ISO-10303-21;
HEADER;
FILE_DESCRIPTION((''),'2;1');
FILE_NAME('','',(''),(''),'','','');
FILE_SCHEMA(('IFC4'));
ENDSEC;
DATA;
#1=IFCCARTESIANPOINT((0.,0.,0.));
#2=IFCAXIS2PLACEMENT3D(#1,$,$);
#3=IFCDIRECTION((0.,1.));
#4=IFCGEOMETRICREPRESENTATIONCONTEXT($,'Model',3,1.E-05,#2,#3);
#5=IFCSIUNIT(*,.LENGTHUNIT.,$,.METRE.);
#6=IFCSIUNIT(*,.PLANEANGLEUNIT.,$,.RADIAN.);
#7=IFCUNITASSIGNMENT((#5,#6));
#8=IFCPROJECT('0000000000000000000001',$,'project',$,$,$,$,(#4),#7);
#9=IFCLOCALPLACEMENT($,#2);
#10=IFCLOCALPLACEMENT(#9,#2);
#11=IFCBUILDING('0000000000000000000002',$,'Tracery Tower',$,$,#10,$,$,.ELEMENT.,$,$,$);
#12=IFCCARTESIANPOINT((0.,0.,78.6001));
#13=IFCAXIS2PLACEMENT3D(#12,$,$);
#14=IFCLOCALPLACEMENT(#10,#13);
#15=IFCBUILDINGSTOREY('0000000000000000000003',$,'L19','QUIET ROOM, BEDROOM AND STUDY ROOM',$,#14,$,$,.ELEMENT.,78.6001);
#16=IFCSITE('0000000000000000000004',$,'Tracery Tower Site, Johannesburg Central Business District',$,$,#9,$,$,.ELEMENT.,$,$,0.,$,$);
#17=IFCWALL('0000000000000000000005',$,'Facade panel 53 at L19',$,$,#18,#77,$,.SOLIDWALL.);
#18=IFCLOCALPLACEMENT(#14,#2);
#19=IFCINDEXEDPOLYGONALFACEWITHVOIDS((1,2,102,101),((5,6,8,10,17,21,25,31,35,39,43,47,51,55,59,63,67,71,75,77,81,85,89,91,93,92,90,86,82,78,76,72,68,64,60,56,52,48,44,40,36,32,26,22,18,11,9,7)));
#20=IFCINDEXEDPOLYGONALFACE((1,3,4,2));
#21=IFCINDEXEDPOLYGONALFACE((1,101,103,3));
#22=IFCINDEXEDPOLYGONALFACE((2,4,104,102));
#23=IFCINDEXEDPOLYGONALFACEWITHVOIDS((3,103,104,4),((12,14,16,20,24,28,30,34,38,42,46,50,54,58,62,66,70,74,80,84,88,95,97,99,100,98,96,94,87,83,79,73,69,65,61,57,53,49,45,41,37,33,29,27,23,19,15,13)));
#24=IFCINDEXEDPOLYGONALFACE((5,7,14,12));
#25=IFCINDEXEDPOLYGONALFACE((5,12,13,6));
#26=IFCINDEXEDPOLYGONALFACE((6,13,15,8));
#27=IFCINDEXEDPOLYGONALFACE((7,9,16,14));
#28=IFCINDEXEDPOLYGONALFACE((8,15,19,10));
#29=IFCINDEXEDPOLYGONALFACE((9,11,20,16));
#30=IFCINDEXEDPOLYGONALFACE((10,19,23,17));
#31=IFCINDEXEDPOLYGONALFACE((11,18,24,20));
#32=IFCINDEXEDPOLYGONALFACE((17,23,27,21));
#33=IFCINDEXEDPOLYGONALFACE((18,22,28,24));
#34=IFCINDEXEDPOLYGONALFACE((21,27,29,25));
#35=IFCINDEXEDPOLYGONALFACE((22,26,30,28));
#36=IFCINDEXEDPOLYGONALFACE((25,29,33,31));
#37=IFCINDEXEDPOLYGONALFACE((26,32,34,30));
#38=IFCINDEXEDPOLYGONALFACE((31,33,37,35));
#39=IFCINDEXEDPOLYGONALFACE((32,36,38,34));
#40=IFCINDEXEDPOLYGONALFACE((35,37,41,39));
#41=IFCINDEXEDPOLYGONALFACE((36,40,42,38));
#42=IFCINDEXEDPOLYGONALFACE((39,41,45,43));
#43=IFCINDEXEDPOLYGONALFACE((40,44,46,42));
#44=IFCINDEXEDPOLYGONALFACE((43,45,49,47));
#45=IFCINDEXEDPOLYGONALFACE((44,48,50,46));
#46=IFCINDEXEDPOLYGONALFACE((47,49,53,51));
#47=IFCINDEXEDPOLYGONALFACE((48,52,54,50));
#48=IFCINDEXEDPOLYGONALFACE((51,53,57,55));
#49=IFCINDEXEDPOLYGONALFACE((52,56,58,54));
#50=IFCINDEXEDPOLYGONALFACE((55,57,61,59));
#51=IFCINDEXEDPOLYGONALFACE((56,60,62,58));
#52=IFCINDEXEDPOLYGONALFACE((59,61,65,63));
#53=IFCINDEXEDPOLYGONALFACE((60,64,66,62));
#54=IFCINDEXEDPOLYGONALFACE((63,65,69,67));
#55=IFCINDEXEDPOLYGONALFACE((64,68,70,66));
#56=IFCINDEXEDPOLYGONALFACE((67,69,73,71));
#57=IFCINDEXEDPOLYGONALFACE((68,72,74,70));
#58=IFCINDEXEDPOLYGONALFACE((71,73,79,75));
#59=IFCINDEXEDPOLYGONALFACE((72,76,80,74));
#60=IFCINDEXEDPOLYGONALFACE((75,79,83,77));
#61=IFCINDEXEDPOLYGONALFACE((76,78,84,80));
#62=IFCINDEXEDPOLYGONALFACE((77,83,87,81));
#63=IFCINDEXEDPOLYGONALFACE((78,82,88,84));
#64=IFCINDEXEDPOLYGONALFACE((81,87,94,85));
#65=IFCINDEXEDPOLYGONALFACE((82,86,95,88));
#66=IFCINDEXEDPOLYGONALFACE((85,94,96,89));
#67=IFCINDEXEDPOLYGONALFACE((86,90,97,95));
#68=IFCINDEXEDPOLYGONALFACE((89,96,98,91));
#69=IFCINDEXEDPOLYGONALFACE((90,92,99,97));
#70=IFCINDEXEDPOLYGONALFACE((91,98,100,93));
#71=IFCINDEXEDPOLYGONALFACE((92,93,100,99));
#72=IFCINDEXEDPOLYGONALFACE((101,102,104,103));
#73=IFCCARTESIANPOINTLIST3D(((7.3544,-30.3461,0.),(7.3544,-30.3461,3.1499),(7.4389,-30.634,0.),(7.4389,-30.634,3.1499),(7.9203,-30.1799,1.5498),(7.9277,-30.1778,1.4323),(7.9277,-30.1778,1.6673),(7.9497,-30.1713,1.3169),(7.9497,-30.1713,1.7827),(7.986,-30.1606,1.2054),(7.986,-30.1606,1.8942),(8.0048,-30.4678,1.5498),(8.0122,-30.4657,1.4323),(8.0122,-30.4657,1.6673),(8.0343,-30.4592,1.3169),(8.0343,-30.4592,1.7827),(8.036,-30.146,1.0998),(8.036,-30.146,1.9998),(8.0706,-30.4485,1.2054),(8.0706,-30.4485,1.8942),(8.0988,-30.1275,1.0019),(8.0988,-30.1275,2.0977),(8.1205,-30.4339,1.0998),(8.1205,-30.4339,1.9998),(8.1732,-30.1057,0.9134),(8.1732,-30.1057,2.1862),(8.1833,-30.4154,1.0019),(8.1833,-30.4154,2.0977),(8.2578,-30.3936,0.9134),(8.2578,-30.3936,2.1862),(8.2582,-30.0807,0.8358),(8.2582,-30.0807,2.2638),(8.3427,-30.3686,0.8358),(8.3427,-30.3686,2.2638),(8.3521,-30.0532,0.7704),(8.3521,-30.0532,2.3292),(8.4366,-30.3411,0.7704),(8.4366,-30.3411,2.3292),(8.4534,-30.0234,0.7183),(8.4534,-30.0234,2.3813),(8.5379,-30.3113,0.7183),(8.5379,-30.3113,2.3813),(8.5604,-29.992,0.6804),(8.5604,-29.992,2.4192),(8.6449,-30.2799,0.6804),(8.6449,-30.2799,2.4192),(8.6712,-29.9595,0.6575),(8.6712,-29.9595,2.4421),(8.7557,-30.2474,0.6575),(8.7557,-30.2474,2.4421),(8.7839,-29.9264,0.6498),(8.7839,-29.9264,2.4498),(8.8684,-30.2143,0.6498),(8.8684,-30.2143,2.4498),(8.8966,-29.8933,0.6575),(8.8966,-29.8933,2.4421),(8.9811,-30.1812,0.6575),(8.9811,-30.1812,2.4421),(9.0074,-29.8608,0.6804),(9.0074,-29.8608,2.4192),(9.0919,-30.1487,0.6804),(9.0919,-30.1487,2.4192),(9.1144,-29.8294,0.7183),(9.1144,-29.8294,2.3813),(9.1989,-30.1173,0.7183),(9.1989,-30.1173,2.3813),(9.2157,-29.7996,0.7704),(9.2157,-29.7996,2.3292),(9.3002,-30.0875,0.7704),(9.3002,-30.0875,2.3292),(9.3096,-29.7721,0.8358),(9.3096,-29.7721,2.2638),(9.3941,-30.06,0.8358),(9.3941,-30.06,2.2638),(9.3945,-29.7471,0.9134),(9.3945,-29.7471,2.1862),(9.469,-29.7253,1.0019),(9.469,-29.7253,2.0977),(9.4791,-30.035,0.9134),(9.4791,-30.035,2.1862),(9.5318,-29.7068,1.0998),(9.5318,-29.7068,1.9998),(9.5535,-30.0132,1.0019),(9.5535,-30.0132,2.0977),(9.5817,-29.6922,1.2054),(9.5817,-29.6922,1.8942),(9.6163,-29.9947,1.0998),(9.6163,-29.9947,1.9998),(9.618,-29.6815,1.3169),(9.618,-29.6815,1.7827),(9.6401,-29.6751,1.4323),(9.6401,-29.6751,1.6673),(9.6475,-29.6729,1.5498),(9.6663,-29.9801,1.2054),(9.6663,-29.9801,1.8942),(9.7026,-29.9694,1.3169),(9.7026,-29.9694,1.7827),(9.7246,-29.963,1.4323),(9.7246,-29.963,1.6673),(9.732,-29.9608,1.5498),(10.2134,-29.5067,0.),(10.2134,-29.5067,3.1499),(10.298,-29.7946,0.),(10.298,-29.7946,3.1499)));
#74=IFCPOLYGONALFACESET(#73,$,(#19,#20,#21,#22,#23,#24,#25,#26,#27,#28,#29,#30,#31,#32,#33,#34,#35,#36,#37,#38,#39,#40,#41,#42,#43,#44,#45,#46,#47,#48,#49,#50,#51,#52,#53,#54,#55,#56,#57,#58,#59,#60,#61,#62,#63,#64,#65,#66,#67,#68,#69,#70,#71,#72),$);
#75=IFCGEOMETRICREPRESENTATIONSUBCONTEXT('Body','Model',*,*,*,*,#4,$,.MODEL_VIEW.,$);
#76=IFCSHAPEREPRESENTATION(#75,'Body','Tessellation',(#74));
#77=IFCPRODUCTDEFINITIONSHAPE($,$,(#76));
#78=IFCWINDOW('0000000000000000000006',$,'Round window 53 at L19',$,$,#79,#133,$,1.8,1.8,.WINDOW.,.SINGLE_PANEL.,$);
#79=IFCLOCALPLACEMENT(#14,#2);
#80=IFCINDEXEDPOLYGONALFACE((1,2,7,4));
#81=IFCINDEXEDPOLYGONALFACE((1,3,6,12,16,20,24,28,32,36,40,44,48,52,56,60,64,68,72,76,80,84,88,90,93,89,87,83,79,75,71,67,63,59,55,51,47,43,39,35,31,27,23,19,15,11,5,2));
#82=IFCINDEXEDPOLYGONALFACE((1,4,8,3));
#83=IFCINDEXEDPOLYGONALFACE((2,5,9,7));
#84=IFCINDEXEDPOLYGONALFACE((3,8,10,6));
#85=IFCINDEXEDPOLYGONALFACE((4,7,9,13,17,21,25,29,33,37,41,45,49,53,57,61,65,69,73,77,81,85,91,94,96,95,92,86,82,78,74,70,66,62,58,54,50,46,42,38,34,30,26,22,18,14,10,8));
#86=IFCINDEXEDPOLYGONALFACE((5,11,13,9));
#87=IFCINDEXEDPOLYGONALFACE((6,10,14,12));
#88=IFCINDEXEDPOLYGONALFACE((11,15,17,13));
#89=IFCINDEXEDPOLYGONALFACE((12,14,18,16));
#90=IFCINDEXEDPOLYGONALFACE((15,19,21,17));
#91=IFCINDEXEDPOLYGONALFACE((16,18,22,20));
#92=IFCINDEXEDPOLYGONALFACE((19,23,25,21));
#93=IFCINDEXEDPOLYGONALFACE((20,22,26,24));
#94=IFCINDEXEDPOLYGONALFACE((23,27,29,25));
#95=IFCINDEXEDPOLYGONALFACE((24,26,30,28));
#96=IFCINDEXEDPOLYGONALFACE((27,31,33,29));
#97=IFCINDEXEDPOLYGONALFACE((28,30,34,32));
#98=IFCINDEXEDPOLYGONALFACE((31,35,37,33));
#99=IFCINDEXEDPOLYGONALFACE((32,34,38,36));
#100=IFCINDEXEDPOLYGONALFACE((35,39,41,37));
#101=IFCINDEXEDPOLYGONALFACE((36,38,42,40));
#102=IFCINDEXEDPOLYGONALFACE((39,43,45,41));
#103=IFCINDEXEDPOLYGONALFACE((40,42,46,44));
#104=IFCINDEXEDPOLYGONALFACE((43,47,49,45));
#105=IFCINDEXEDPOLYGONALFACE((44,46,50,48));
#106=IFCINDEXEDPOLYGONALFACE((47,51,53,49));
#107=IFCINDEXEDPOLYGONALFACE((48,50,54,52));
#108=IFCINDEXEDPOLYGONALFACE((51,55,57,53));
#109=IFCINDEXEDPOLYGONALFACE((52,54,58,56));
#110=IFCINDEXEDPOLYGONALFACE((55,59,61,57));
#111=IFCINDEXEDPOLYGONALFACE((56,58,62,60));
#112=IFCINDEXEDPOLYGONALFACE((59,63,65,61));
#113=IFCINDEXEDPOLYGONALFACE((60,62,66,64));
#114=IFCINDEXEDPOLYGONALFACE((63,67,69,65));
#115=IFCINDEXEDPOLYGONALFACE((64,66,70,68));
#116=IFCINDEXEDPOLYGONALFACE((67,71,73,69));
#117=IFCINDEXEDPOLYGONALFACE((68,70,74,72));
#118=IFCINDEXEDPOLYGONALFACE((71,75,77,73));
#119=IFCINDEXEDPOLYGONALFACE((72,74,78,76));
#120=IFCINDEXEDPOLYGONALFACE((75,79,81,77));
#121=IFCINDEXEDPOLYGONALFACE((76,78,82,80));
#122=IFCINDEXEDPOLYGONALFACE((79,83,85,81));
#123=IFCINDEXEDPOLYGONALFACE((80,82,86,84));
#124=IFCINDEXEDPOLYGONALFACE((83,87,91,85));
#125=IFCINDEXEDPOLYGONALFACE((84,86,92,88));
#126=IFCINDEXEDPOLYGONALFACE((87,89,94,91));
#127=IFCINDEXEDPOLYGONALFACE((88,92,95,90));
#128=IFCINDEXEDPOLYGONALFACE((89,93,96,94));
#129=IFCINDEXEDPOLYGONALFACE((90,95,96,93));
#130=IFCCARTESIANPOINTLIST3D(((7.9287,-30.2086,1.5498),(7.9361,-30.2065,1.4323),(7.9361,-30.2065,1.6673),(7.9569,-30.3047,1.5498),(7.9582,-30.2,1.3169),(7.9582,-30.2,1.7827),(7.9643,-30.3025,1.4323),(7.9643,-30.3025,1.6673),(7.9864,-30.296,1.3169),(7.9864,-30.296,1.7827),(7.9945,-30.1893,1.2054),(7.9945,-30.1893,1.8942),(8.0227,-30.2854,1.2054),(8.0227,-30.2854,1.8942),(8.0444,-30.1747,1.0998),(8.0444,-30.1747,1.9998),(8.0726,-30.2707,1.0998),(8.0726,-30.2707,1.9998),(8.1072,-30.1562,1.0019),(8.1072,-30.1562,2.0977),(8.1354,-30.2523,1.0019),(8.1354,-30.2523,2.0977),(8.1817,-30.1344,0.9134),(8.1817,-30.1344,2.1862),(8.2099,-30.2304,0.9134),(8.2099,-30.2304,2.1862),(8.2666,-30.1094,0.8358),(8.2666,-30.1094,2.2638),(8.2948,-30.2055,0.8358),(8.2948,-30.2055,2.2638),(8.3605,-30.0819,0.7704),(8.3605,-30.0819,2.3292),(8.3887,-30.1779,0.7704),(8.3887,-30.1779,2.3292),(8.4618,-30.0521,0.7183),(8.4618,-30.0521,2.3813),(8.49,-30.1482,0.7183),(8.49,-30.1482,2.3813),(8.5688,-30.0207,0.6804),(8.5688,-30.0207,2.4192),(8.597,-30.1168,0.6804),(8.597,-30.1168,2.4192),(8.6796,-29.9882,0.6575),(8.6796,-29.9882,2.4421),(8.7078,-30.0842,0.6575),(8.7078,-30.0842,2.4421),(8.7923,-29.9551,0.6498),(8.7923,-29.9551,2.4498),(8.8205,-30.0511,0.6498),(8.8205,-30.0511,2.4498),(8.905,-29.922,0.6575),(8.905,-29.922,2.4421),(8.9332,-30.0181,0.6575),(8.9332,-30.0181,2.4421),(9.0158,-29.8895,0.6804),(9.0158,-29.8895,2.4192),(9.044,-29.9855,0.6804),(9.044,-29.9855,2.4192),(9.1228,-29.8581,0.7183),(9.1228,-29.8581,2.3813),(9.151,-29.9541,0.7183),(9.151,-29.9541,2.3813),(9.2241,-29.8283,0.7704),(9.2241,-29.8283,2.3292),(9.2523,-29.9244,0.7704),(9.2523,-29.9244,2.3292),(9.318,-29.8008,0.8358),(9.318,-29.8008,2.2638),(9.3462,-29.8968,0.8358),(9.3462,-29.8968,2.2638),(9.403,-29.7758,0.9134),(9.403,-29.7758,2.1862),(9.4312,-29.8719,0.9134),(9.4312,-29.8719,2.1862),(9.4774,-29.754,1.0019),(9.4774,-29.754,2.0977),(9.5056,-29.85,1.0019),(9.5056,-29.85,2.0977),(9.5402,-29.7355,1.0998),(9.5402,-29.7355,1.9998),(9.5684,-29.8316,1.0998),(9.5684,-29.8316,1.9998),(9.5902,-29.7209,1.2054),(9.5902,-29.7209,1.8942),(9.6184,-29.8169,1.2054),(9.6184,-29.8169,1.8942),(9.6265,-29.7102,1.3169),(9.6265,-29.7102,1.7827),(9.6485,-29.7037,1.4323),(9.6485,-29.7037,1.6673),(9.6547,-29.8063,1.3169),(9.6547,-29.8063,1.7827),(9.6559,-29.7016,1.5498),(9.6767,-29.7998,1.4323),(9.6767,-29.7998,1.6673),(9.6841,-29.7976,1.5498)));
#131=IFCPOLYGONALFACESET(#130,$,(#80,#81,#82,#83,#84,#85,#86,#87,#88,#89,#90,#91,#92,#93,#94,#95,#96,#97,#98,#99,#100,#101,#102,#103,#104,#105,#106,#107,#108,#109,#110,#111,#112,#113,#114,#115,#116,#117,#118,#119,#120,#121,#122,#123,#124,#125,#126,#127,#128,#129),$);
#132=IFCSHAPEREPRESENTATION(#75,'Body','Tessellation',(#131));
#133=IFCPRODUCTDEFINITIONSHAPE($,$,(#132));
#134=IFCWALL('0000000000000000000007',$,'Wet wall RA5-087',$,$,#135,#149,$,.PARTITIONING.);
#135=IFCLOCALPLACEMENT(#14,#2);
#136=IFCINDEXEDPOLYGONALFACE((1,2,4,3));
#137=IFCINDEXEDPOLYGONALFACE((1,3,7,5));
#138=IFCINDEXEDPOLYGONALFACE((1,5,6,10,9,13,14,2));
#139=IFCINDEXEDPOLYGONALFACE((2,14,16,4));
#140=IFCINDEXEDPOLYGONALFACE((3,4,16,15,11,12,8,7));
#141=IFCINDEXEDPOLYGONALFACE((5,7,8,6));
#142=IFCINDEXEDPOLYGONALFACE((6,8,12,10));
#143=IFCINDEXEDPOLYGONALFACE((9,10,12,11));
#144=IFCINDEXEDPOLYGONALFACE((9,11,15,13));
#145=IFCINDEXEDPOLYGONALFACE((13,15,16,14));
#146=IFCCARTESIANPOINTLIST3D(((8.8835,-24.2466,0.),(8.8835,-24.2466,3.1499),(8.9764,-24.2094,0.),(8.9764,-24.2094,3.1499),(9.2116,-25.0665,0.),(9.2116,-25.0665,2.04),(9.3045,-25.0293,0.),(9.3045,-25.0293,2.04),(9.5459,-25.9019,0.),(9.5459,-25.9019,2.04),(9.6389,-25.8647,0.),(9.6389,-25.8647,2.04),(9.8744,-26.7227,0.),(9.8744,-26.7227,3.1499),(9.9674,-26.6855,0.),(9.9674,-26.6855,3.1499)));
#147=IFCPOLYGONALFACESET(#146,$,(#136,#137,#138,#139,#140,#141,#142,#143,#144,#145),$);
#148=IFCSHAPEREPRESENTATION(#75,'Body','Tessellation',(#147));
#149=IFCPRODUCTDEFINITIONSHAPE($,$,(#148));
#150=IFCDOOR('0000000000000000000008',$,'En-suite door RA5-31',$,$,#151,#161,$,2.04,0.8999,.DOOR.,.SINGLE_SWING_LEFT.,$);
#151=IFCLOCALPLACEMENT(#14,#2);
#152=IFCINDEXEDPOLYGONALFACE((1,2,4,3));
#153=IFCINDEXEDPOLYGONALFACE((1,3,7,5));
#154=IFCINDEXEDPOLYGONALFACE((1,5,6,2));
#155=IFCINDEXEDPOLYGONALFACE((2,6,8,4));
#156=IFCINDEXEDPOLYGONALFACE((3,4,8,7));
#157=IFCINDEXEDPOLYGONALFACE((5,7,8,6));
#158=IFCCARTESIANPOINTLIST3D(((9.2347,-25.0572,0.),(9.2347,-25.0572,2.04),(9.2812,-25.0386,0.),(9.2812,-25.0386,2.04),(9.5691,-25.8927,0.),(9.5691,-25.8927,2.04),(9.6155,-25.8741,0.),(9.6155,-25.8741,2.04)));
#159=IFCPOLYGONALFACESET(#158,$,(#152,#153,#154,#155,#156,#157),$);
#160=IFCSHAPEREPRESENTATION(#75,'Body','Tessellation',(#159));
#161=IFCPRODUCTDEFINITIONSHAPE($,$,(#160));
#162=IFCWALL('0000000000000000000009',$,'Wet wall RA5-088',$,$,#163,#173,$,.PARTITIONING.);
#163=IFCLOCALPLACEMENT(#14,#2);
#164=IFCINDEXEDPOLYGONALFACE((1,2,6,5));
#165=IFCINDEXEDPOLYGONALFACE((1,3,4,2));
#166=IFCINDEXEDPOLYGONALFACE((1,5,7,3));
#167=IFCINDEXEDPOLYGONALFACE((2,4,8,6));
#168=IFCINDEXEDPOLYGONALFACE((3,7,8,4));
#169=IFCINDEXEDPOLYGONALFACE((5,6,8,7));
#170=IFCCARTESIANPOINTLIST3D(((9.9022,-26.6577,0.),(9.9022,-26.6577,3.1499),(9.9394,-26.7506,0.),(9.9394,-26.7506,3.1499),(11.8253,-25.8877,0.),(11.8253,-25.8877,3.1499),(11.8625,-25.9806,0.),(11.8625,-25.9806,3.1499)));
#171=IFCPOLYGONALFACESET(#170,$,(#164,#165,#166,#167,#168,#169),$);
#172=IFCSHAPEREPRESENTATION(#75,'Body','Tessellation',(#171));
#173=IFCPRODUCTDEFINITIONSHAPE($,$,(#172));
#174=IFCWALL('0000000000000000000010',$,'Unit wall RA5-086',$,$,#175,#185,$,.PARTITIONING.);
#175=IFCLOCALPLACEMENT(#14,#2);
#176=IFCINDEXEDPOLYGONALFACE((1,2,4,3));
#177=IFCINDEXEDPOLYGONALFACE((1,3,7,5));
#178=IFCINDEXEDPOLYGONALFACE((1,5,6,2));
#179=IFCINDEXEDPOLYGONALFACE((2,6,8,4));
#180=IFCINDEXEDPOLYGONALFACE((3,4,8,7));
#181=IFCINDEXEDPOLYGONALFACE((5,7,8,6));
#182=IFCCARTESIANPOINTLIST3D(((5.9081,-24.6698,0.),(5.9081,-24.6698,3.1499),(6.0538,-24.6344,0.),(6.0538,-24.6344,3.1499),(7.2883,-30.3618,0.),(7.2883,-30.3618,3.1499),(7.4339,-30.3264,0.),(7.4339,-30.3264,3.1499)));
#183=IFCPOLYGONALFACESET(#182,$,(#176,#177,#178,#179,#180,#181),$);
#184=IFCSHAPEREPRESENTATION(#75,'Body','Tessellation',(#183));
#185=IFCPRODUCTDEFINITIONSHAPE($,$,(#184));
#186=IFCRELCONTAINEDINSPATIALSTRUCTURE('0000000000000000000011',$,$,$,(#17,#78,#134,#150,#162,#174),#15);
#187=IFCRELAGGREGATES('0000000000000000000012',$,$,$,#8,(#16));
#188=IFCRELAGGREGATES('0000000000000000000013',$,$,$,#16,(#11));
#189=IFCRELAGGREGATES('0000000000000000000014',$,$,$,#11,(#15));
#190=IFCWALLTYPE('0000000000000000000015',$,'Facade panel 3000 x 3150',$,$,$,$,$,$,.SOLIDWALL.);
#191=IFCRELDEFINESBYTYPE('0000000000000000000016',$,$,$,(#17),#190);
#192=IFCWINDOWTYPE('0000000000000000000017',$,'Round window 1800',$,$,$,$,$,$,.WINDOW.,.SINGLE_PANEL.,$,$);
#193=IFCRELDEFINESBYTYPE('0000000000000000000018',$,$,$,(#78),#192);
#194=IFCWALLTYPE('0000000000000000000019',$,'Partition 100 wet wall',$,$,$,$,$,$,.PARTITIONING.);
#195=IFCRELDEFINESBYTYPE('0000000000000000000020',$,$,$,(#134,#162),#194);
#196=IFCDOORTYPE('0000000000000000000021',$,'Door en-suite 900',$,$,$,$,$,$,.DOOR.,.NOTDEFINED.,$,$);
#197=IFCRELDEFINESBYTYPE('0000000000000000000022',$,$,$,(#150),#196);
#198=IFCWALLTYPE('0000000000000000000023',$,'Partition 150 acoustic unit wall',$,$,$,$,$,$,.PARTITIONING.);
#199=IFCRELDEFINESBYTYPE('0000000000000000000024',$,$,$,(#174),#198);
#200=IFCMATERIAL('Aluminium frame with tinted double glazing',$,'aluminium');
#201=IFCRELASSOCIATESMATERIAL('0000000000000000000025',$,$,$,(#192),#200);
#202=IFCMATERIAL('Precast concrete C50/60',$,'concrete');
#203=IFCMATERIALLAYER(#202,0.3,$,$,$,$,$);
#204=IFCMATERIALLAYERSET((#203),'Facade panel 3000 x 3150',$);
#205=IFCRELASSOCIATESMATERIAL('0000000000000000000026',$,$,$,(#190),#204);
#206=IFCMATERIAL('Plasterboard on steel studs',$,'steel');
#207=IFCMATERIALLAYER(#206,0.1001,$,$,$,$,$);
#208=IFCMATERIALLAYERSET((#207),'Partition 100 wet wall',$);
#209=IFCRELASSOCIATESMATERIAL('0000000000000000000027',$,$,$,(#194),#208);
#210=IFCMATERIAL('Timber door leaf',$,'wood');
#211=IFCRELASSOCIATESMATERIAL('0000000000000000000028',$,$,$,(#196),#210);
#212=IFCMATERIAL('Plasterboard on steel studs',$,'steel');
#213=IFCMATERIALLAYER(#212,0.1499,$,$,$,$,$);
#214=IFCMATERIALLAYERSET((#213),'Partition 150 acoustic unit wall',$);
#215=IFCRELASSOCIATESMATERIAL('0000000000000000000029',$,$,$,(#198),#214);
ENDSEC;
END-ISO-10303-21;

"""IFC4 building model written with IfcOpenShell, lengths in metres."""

from ifc_helpers import new_model, si_unit, direction, frame, frame_2d, origin, origin_2d, place, context, subcontext, project, spatial, rectangle, circle, extrude, material, layer, layer_set, type_object, element, fill, save


model = new_model("IFC4")

# Units and contexts
model_context = context("Model", 3, precision=1e-05, world=origin(), true_north=direction((0.0, 1.0)))
body_context = subcontext(model_context, "Body", "Model", "MODEL_VIEW")
ifc_project = project(units=[si_unit("LENGTHUNIT", "METRE"), si_unit("PLANEANGLEUNIT", "RADIAN")], contexts=[model_context])

# Site, building, storey
site_placement = place(None, origin())
site = spatial("IfcSite", under=ifc_project, at=site_placement, Name="Tracery Tower Site, Johannesburg Central Business District", CompositionType="ELEMENT", RefElevation=0.0)
building_placement = place(site_placement, origin())
building = spatial("IfcBuilding", under=site, at=building_placement, Name="Tracery Tower", CompositionType="ELEMENT")
storey_placement = place(building_placement, frame((0.0, 0.0, 78.6001)))
storey = spatial("IfcBuildingStorey", under=building, at=storey_placement, Name="L19", Description="QUIET ROOM, BEDROOM AND STUDY ROOM", CompositionType="ELEMENT", Elevation=78.6001)

# Wall, opening, window
ifc_material_1 = material(Name="Aluminium frame with tinted double glazing", Category="aluminium")
window_type = type_object("IfcWindowType", Name="Round window 1800", PartitioningType="SINGLE_PANEL", PredefinedType="WINDOW", material=ifc_material_1)
ifc_material_2 = material(Name="Precast concrete C50/60", Category="concrete")
ifc_layer_1 = layer(ifc_material_2, 0.3)
ifc_layer_set_1 = layer_set([ifc_layer_1], Name="Facade panel 3000 x 3150")
wall_type_1 = type_object("IfcWallType", Name="Facade panel 3000 x 3150", PredefinedType="SOLIDWALL", material=ifc_layer_set_1)
wall_1_placement = place(storey_placement, frame((7.3967, -30.49, 0.0), z_axis=(0.0, 0.0, 1.0), x_axis=(0.959508, 0.281683, 0.0)))
wall_1 = element("IfcWall", 1, at=wall_1_placement, inside=storey, type_object=wall_type_1, Name="Facade panel 53 at L19", PredefinedType="SOLIDWALL", context=body_context, shape_type="SweptSolid", body=[
    extrude(rectangle(XDim=2.9797, YDim=0.3, at=frame_2d((1.4897, 0.0))), origin(), (0.0, 0.0, 1.0), 3.1499),
])
opening_1_placement = place(wall_1_placement, frame((1.4897, 0.0, 1.5498)))
opening_1 = element("IfcOpeningElement", 2, at=opening_1_placement, cuts=wall_1, PredefinedType="OPENING", context=body_context, shape_type="SweptSolid", body=[
    extrude(circle(Radius=0.9, at=origin_2d()), frame((0.0, 0.1599, 0.0), z_axis=(0.0, -1.0, 0.0), x_axis=(1.0, 0.0, 0.0)), (0.0, 0.0, 1.0), 0.3201),
])
window_1_placement = place(opening_1_placement, origin())
window_1 = element("IfcWindow", 3, at=window_1_placement, inside=storey, type_object=window_type, Name="Round window 53 at L19", OverallHeight=1.8, OverallWidth=1.8, PartitioningType="SINGLE_PANEL", PredefinedType="WINDOW", context=body_context, shape_type="SweptSolid", body=[
    extrude(circle(Radius=0.9, at=origin_2d()), frame((0.0, 0.1201, 0.0), z_axis=(0.0, -1.0, 0.0), x_axis=(1.0, 0.0, 0.0)), (0.0, 0.0, 1.0), 0.1001),
])
fill(opening_1, window_1)

# Wall, opening, door
ifc_material_3 = material(Name="Plasterboard on steel studs", Category="steel")
ifc_layer_2 = layer(ifc_material_3, 0.1001)
ifc_layer_set_2 = layer_set([ifc_layer_2], Name="Partition 100 wet wall")
wall_type_2 = type_object("IfcWallType", Name="Partition 100 wet wall", PredefinedType="PARTITIONING", material=ifc_layer_set_2)
wall_2_placement = place(storey_placement, frame((8.9299, -24.228, 0.0), z_axis=(0.0, 0.0, 1.0), x_axis=(0.371564, -0.928407, 0.0)))
wall_2 = element("IfcWall", 4, at=wall_2_placement, inside=storey, type_object=wall_type_2, Name="Wet wall RA5-087", PredefinedType="PARTITIONING", context=body_context, shape_type="SweptSolid", body=[
    extrude(rectangle(XDim=2.667, YDim=0.1001, at=frame_2d((1.3335, 0.0))), origin(), (0.0, 0.0, 1.0), 3.1499),
])
opening_2_placement = place(wall_2_placement, frame((0.8831, 0.0, 0.0)))
opening_2 = element("IfcOpeningElement", 5, at=opening_2_placement, cuts=wall_2, PredefinedType="OPENING", context=body_context, shape_type="SweptSolid", body=[
    extrude(rectangle(XDim=0.8999, YDim=2.04, at=frame_2d((0.45, 1.02))), frame((0.0, 0.05, 0.0), z_axis=(0.0, -1.0, 0.0), x_axis=(1.0, 0.0, 0.0)), (0.0, 0.0, 1.0), 0.1001),
])
ifc_material_4 = material(Name="Timber door leaf", Category="wood")
door_type_1 = type_object("IfcDoorType", Name="Door en-suite 900", OperationType="NOTDEFINED", PredefinedType="DOOR", material=ifc_material_4)
door_1_placement = place(opening_2_placement, origin())
door_1 = element("IfcDoor", 6, at=door_1_placement, inside=storey, type_object=door_type_1, Name="En-suite door RA5-31", OperationType="SINGLE_SWING_LEFT", OverallHeight=2.04, OverallWidth=0.8999, PredefinedType="DOOR", context=body_context, shape_type="SweptSolid", body=[
    extrude(rectangle(XDim=0.8999, YDim=2.04, at=frame_2d((0.45, 1.02))), frame((0.0, 0.0249, 0.0), z_axis=(0.0, -1.0, 0.0), x_axis=(1.0, 0.0, 0.0)), (0.0, 0.0, 1.0), 0.05),
])
fill(opening_2, door_1)

# Walls
wall_3_placement = place(storey_placement, frame((9.9209, -26.7041, 0.0), z_axis=(0.0, 0.0, 1.0), x_axis=(0.928347, 0.371716, 0.0)))
element("IfcWall", 7, at=wall_3_placement, inside=storey, type_object=wall_type_2, Name="Wet wall RA5-088", PredefinedType="PARTITIONING", context=body_context, shape_type="SweptSolid", body=[
    extrude(rectangle(XDim=2.0715, YDim=0.1001, at=frame_2d((1.0356, 0.0))), origin(), (0.0, 0.0, 1.0), 3.1499),
])
ifc_material_5 = material(Name="Plasterboard on steel studs", Category="steel")
ifc_layer_3 = layer(ifc_material_5, 0.1499)
ifc_layer_set_3 = layer_set([ifc_layer_3], Name="Partition 150 acoustic unit wall")
wall_type_3 = type_object("IfcWallType", Name="Partition 150 acoustic unit wall", PredefinedType="PARTITIONING", material=ifc_layer_set_3)
wall_4_placement = place(storey_placement, frame((5.981, -24.6521, 0.0), z_axis=(0.0, 0.0, 1.0), x_axis=(0.235644, -0.971839, 0.0)))
element("IfcWall", 8, at=wall_4_placement, inside=storey, type_object=wall_type_3, Name="Unit wall RA5-086", PredefinedType="PARTITIONING", context=body_context, shape_type="SweptSolid", body=[
    extrude(rectangle(XDim=5.8569, YDim=0.1499, at=frame_2d((2.9285, 0.0))), origin(), (0.0, 0.0, 1.0), 3.1499),
])

save(model, "model.ifc")
